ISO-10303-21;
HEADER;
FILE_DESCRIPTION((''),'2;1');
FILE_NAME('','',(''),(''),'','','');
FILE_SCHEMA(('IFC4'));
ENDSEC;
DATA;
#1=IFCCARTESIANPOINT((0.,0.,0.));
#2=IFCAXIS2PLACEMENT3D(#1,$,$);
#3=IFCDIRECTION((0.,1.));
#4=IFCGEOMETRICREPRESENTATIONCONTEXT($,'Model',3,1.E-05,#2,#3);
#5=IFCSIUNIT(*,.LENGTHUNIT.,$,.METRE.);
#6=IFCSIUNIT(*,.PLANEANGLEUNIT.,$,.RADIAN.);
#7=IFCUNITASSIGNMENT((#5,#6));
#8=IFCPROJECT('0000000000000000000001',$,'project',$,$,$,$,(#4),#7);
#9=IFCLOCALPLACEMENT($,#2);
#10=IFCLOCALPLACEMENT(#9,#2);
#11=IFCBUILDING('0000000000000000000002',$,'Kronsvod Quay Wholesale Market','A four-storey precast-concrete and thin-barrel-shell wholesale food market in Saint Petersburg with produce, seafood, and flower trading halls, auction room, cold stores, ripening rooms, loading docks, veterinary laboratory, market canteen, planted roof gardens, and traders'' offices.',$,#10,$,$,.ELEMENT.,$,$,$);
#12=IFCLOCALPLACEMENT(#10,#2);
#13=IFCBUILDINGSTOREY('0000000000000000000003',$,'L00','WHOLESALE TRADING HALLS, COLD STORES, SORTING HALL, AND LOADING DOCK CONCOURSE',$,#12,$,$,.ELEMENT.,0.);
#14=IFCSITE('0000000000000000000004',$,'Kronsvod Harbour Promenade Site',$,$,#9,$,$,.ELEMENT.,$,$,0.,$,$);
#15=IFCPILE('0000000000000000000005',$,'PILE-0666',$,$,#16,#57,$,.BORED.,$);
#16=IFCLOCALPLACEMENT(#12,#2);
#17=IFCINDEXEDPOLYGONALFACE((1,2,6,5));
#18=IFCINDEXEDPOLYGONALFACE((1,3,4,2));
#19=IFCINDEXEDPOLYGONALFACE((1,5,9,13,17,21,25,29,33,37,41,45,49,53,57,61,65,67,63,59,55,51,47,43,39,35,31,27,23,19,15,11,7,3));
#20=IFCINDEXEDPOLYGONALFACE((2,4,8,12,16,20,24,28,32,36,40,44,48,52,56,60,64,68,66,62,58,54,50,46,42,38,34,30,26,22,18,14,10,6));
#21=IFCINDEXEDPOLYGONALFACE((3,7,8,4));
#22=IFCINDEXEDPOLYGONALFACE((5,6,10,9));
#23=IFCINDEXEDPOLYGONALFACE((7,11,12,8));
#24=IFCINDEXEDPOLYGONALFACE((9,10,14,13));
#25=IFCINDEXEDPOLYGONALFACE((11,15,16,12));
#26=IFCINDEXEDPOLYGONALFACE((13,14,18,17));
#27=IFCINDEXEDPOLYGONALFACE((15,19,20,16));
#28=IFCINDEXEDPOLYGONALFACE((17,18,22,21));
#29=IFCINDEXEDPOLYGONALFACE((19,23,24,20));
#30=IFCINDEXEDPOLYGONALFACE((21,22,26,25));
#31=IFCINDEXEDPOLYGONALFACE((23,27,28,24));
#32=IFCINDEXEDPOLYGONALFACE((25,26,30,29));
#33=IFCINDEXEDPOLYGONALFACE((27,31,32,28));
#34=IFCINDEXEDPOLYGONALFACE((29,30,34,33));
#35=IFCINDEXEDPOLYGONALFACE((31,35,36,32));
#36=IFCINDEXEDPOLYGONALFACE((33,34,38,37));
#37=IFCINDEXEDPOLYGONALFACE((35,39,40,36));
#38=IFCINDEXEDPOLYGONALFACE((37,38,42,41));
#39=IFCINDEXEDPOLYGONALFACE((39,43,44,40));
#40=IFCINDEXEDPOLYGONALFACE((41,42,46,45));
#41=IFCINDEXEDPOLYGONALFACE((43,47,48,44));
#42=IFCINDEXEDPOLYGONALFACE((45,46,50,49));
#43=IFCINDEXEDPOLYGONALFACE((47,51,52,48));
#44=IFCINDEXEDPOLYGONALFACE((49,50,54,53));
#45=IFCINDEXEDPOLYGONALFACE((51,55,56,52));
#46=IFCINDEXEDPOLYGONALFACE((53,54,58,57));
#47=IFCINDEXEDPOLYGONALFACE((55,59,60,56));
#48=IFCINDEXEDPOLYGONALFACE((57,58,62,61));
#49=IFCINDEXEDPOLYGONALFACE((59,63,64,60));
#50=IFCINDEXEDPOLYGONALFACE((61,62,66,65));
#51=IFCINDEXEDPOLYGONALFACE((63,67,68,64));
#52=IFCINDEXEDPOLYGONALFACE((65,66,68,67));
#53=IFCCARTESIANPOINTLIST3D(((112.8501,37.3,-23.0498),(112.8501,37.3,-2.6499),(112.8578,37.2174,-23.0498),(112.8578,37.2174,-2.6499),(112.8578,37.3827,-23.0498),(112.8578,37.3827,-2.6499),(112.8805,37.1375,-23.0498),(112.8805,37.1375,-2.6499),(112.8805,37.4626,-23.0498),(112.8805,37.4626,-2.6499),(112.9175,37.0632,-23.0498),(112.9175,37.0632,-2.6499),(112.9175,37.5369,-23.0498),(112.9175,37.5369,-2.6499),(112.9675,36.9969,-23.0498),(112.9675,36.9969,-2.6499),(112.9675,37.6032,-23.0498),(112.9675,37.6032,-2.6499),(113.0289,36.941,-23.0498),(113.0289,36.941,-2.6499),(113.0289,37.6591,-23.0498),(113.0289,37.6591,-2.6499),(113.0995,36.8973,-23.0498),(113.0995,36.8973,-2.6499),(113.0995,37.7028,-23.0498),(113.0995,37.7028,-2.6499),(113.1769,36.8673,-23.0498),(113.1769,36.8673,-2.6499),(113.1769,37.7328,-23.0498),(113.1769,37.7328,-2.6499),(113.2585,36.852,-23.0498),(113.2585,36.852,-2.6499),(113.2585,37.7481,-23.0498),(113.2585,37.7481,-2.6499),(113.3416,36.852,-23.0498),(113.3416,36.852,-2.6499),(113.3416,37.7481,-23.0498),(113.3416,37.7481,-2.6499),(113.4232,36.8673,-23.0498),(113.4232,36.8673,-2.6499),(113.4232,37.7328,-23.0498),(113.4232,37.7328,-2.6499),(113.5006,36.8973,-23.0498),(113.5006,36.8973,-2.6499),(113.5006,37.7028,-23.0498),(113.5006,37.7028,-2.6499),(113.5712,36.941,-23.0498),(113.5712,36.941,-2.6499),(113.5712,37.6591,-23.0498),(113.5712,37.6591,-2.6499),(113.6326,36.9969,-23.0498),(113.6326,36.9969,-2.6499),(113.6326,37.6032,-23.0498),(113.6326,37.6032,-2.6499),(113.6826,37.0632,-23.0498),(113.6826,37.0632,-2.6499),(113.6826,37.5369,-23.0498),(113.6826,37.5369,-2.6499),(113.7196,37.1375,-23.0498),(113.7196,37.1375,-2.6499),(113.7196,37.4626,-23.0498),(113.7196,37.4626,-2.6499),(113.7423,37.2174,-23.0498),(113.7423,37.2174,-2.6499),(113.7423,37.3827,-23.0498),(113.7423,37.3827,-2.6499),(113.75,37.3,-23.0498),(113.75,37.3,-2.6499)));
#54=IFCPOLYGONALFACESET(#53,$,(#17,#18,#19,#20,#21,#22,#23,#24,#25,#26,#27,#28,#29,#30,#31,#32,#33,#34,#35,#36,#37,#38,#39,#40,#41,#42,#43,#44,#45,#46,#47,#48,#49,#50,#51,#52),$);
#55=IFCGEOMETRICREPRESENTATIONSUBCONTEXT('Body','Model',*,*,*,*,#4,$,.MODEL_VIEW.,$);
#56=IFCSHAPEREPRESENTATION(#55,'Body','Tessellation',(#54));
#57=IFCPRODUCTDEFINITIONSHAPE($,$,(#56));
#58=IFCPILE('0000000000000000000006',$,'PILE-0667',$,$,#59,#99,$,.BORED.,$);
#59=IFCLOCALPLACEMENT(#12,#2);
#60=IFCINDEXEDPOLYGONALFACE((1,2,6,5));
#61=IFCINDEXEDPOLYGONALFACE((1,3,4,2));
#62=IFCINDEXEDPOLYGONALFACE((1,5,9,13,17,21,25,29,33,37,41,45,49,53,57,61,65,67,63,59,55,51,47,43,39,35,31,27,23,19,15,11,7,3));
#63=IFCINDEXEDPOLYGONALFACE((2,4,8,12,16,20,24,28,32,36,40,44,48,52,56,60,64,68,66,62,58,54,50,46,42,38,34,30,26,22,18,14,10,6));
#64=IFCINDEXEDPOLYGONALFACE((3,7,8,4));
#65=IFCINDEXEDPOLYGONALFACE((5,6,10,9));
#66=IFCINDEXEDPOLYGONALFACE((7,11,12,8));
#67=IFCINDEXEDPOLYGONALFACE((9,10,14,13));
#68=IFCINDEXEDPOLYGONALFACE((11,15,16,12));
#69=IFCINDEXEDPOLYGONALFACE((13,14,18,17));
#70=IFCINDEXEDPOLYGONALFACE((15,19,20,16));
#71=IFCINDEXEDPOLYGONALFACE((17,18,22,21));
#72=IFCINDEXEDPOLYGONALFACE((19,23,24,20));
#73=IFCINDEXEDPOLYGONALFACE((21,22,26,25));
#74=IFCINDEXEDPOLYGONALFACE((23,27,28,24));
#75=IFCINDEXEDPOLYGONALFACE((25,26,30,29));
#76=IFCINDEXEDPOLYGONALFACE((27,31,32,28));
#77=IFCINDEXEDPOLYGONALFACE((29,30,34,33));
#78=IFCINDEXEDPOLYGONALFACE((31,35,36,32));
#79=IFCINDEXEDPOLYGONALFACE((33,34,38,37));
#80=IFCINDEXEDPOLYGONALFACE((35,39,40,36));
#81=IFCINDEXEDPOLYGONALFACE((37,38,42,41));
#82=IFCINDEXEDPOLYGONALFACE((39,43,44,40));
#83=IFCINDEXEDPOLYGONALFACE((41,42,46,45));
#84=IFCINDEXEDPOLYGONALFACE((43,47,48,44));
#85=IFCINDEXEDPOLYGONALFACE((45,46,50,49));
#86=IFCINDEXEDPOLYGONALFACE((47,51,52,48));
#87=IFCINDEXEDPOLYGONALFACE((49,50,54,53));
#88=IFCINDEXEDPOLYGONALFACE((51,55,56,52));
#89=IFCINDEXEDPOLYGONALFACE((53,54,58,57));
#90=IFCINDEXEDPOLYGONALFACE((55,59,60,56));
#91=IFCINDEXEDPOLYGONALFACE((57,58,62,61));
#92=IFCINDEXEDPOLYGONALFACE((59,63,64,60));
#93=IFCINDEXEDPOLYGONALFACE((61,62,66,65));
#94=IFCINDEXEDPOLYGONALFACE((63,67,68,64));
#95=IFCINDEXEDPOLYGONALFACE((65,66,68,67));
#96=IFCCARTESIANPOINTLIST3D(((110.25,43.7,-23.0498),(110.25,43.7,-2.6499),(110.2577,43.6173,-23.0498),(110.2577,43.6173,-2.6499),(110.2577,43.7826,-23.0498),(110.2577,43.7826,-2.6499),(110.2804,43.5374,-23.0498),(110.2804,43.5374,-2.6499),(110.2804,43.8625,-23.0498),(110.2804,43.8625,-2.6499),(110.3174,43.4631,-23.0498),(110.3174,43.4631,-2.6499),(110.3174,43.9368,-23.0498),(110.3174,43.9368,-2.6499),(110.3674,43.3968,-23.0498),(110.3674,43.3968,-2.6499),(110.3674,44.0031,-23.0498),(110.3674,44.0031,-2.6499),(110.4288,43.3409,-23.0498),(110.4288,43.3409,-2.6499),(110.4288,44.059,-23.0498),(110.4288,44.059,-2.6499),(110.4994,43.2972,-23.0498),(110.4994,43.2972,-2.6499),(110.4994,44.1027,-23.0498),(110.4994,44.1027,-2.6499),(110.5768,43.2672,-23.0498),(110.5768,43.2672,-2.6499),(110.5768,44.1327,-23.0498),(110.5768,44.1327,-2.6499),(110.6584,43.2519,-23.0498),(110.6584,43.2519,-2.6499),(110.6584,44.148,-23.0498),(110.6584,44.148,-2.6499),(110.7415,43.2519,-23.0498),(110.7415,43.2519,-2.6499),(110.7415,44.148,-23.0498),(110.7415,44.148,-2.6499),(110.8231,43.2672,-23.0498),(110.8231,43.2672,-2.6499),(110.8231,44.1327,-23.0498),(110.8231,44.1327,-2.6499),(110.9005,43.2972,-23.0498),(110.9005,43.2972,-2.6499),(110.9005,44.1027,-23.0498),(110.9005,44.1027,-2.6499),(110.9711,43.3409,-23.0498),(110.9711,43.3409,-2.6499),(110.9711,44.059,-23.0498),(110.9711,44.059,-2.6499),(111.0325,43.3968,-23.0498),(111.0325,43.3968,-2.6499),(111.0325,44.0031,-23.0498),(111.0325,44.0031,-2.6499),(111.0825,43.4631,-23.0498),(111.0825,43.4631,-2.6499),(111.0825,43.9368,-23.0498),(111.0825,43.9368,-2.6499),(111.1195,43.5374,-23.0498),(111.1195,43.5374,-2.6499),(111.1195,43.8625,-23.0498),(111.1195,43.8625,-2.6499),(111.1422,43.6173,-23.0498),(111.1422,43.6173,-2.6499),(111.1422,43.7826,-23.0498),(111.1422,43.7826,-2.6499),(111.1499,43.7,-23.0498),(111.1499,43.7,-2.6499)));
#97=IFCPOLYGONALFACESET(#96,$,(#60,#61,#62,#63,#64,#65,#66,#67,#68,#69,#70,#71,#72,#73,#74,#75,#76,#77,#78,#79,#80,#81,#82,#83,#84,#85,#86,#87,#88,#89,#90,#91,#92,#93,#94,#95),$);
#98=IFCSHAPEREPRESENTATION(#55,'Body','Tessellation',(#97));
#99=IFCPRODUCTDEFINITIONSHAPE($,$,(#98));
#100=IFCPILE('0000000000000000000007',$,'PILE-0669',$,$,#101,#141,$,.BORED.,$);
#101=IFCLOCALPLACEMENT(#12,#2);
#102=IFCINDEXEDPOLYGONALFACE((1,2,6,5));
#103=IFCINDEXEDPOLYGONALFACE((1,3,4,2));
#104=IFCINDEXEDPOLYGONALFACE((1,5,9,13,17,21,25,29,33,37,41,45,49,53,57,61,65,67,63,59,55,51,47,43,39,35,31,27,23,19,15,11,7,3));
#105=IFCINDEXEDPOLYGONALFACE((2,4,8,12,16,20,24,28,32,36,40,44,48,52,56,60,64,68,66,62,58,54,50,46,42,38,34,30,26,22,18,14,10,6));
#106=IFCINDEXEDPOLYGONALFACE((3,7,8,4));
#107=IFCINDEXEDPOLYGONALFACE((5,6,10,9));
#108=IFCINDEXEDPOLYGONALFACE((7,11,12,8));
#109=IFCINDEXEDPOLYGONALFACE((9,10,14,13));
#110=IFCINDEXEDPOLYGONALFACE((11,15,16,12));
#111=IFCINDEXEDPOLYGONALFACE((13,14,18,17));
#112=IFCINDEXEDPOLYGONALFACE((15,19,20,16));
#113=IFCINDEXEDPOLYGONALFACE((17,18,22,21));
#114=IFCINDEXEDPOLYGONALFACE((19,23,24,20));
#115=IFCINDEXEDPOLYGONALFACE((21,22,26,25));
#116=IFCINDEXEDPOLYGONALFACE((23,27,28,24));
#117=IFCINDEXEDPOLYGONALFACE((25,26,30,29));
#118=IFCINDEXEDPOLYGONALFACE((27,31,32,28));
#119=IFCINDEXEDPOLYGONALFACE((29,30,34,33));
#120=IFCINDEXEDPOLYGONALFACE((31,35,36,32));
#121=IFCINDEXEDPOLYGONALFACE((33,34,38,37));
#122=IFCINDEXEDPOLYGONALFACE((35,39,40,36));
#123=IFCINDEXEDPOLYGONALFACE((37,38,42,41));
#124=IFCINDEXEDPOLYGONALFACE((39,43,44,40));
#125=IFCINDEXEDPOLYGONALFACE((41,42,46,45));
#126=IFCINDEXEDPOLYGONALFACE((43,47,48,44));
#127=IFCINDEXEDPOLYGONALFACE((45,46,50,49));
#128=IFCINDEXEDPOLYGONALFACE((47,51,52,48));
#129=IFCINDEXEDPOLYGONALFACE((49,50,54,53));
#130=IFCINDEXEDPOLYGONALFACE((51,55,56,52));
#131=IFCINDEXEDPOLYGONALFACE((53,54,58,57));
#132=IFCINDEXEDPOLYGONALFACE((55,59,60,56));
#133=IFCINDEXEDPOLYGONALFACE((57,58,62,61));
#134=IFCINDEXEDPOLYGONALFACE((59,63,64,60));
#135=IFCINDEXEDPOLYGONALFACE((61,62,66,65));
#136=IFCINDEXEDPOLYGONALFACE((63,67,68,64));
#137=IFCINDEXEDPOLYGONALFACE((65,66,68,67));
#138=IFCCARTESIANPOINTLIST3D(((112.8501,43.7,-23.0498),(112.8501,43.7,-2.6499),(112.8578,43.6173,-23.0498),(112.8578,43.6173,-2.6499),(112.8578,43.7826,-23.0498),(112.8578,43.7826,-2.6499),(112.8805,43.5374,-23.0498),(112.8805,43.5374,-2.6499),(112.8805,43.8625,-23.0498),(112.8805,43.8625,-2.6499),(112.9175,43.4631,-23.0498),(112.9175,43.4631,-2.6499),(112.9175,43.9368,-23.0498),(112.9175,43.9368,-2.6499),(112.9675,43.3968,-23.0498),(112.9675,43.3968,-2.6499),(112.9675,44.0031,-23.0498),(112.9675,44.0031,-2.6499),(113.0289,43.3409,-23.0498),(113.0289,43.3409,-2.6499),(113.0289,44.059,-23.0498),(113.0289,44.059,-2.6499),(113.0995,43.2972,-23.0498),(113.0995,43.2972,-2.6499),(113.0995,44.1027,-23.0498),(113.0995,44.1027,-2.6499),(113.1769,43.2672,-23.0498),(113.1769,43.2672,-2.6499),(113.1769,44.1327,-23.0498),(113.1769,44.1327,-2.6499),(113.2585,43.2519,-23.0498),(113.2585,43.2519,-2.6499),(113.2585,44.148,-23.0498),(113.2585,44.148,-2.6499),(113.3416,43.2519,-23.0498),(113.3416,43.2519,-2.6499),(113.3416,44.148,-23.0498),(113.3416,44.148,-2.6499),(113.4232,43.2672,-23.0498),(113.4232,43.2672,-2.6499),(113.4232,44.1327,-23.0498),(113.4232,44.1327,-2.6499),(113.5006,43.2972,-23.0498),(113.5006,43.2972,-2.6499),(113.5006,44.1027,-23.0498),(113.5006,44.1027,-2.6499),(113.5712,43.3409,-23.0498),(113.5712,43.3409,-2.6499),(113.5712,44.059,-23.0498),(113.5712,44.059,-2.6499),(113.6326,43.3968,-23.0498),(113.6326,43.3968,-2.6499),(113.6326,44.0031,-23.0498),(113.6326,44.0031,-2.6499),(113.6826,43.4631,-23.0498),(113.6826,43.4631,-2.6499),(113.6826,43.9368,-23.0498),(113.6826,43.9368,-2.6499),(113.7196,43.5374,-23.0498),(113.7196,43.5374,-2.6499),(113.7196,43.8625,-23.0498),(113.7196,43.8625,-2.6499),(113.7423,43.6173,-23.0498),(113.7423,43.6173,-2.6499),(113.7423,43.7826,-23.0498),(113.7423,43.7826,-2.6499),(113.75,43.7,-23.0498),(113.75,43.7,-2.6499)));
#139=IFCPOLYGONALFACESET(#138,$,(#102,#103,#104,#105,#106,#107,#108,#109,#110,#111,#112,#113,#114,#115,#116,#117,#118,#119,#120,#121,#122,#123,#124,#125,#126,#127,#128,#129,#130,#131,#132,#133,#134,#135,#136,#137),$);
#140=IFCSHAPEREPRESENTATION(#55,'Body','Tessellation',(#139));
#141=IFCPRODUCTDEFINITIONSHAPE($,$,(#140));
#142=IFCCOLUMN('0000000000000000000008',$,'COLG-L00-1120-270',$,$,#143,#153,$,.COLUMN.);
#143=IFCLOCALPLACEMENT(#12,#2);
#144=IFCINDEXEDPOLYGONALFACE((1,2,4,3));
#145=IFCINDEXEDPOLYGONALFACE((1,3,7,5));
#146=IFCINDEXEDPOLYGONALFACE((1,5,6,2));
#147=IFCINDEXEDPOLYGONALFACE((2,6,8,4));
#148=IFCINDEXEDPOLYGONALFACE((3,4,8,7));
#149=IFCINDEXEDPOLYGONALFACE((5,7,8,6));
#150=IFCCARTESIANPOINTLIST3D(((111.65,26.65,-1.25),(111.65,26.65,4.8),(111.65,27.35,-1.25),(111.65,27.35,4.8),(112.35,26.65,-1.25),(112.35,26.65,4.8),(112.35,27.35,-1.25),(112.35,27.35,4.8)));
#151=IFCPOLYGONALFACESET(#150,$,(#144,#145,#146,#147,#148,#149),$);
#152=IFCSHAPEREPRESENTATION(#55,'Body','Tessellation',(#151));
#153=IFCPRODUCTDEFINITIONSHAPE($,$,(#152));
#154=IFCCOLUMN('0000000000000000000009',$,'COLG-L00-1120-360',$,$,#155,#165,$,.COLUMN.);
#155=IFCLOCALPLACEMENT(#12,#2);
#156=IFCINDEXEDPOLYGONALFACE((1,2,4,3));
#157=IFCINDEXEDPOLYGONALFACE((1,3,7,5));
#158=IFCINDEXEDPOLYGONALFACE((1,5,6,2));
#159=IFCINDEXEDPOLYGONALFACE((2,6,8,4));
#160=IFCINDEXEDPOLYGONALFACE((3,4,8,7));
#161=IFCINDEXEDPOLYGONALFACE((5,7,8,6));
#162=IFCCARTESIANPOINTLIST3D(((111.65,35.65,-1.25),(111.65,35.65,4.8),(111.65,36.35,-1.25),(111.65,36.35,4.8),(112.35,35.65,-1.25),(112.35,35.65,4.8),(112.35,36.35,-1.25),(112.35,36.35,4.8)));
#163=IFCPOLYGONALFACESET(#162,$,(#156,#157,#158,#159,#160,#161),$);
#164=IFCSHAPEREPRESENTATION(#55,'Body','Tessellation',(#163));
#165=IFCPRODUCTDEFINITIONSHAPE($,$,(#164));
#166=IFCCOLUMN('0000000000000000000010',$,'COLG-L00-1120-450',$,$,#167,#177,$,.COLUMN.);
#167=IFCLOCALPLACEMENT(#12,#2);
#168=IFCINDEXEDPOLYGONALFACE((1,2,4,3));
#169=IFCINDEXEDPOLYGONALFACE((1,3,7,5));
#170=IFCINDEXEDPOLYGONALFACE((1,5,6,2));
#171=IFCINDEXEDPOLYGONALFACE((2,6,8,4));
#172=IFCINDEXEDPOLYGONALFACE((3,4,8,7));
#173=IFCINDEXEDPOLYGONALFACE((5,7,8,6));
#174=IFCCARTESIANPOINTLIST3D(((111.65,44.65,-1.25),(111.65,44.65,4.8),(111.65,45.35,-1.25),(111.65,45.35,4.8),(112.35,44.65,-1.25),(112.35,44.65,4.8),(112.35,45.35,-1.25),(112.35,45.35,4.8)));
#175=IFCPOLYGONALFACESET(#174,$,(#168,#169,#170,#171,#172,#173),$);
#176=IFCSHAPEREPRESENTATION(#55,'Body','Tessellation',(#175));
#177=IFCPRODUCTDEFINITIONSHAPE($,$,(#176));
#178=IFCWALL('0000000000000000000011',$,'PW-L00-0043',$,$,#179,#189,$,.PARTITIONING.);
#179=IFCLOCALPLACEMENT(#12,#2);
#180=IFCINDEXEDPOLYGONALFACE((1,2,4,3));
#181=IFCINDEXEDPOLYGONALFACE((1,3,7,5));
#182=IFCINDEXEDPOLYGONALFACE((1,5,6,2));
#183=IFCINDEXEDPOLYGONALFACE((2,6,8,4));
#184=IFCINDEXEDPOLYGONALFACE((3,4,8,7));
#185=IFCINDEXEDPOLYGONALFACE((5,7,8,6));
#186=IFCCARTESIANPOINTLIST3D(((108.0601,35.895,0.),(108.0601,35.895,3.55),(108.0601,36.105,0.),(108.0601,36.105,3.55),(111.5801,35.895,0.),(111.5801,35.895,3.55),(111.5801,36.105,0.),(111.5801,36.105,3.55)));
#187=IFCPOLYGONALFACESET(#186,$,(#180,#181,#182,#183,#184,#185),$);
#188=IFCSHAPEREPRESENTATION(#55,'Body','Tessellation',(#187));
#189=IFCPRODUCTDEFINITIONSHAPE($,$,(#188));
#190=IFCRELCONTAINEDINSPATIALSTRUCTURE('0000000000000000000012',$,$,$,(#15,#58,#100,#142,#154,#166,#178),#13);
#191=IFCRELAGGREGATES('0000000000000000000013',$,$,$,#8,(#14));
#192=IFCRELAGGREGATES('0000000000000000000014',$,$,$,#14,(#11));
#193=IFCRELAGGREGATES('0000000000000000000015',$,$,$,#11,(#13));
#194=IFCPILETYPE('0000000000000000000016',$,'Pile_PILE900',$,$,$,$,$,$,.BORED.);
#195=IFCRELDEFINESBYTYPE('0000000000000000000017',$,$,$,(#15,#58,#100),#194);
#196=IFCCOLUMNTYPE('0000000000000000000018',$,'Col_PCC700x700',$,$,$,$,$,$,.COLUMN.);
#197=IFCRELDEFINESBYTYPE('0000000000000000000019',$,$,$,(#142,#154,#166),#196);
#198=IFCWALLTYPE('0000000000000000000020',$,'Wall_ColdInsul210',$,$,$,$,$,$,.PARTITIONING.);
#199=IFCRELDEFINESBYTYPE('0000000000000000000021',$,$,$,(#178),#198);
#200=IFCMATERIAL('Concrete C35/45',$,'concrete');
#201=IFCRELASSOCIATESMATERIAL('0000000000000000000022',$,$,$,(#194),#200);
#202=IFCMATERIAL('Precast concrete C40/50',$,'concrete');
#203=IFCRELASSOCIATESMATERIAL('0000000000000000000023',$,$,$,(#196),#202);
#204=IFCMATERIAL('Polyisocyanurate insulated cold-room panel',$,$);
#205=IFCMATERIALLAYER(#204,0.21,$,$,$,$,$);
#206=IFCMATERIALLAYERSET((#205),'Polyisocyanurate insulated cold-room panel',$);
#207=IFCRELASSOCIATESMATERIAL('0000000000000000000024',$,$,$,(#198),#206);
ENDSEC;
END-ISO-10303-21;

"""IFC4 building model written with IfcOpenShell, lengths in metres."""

from ifc_helpers import new_model, si_unit, direction, frame, frame_2d, origin, origin_2d, place, context, subcontext, project, spatial, rectangle, circle, extrude, material, layer, layer_set, material_profile, profile_set, type_object, element, save


model = new_model("IFC4")

# Units and contexts
model_context = context("Model", 3, precision=1e-05, world=origin(), true_north=direction((0.0, 1.0)))
body_context = subcontext(model_context, "Body", "Model", "MODEL_VIEW")
ifc_project = project(units=[si_unit("LENGTHUNIT", "METRE"), si_unit("PLANEANGLEUNIT", "RADIAN")], contexts=[model_context])

# Site, building, storey
site_placement = place(None, origin())
site = spatial("IfcSite", under=ifc_project, at=site_placement, Name="Kronsvod Harbour Promenade Site", CompositionType="ELEMENT", RefElevation=0.0)
building_placement = place(site_placement, origin())
building = spatial("IfcBuilding", under=site, at=building_placement, Name="Kronsvod Quay Wholesale Market", Description="A four-storey precast-concrete and thin-barrel-shell wholesale food market in Saint Petersburg with produce, seafood, and flower trading halls, auction room, cold stores, ripening rooms, loading docks, veterinary laboratory, market canteen, planted roof gardens, and traders' offices.", CompositionType="ELEMENT")
storey_placement = place(building_placement, origin())
storey = spatial("IfcBuildingStorey", under=building, at=storey_placement, Name="L00", Description="WHOLESALE TRADING HALLS, COLD STORES, SORTING HALL, AND LOADING DOCK CONCOURSE", CompositionType="ELEMENT", Elevation=0.0)

# Piles
ifc_material_1 = material(Name="Concrete C35/45", Category="concrete")
ifc_material_profile_1 = material_profile(ifc_material_1, circle(Radius=0.45, at=origin_2d()), Name="PILE900")
ifc_profile_set_1 = profile_set([ifc_material_profile_1], Name="Concrete C35/45")
pile_type_1 = type_object("IfcPileType", Name="Pile_PILE900", PredefinedType="BORED", material=ifc_profile_set_1)
for number, where, z_axis, x_axis, name in (
    (1, (113.3, 37.3, -2.6499), (0.0, 0.0, -1.0), (1.0, 0.0, 0.0), "PILE-0666"),
    (2, (110.7, 43.7, -2.6499), (0.0, 0.0, -1.0), (1.0, 0.0, 0.0), "PILE-0667"),
    (3, (113.3, 43.7, -2.6499), (0.0, 0.0, -1.0), (1.0, 0.0, 0.0), "PILE-0669"),
):
    element("IfcPile", number, at=place(storey_placement, frame(where, z_axis=z_axis, x_axis=x_axis)), inside=storey, type_object=pile_type_1, Name=name, PredefinedType="BORED", context=body_context, shape_type="SweptSolid", body=[
        extrude(circle(Radius=0.45, at=origin_2d()), origin(), (0.0, 0.0, 1.0), 20.3999),
    ])

# Columns
ifc_material_2 = material(Name="Precast concrete C40/50", Category="concrete")
ifc_material_profile_2 = material_profile(ifc_material_2, rectangle(XDim=0.7, YDim=0.7, at=origin_2d()), Name="PCC700x700")
ifc_profile_set_2 = profile_set([ifc_material_profile_2], Name="Precast concrete C40/50")
column_type = type_object("IfcColumnType", Name="Col_PCC700x700", PredefinedType="COLUMN", material=ifc_profile_set_2)
for number, where, z_axis, x_axis, name in (
    (4, (112.0, 27.0, -1.25), (0.0, 0.0, 1.0), (1.0, 0.0, 0.0), "COLG-L00-1120-270"),
    (5, (112.0, 36.0, -1.25), (0.0, 0.0, 1.0), (1.0, 0.0, 0.0), "COLG-L00-1120-360"),
    (6, (112.0, 45.0, -1.25), (0.0, 0.0, 1.0), (1.0, 0.0, 0.0), "COLG-L00-1120-450"),
):
    element("IfcColumn", number, at=place(storey_placement, frame(where, z_axis=z_axis, x_axis=x_axis)), inside=storey, type_object=column_type, Name=name, PredefinedType="COLUMN", context=body_context, shape_type="SweptSolid", body=[
        extrude(rectangle(XDim=0.7, YDim=0.7, at=origin_2d()), origin(), (0.0, 0.0, 1.0), 6.05),
    ])

# Wall
ifc_material_3 = material(Name="Polyisocyanurate insulated cold-room panel")
ifc_layer_1 = layer(ifc_material_3, 0.21)
ifc_layer_set_1 = layer_set([ifc_layer_1], Name="Polyisocyanurate insulated cold-room panel")
wall_type_1 = type_object("IfcWallType", Name="Wall_ColdInsul210", PredefinedType="PARTITIONING", material=ifc_layer_set_1)
wall_1_placement = place(storey_placement, frame((108.0601, 36.0, 0.0), z_axis=(0.0, 0.0, 1.0), x_axis=(1.0, 0.0, 0.0)))
element("IfcWall", 7, at=wall_1_placement, inside=storey, type_object=wall_type_1, Name="PW-L00-0043", PredefinedType="PARTITIONING", context=body_context, shape_type="SweptSolid", body=[
    extrude(rectangle(XDim=3.52, YDim=0.21, at=frame_2d((1.76, 0.0))), origin(), (0.0, 0.0, 1.0), 3.55),
])

save(model, "model.ifc")
